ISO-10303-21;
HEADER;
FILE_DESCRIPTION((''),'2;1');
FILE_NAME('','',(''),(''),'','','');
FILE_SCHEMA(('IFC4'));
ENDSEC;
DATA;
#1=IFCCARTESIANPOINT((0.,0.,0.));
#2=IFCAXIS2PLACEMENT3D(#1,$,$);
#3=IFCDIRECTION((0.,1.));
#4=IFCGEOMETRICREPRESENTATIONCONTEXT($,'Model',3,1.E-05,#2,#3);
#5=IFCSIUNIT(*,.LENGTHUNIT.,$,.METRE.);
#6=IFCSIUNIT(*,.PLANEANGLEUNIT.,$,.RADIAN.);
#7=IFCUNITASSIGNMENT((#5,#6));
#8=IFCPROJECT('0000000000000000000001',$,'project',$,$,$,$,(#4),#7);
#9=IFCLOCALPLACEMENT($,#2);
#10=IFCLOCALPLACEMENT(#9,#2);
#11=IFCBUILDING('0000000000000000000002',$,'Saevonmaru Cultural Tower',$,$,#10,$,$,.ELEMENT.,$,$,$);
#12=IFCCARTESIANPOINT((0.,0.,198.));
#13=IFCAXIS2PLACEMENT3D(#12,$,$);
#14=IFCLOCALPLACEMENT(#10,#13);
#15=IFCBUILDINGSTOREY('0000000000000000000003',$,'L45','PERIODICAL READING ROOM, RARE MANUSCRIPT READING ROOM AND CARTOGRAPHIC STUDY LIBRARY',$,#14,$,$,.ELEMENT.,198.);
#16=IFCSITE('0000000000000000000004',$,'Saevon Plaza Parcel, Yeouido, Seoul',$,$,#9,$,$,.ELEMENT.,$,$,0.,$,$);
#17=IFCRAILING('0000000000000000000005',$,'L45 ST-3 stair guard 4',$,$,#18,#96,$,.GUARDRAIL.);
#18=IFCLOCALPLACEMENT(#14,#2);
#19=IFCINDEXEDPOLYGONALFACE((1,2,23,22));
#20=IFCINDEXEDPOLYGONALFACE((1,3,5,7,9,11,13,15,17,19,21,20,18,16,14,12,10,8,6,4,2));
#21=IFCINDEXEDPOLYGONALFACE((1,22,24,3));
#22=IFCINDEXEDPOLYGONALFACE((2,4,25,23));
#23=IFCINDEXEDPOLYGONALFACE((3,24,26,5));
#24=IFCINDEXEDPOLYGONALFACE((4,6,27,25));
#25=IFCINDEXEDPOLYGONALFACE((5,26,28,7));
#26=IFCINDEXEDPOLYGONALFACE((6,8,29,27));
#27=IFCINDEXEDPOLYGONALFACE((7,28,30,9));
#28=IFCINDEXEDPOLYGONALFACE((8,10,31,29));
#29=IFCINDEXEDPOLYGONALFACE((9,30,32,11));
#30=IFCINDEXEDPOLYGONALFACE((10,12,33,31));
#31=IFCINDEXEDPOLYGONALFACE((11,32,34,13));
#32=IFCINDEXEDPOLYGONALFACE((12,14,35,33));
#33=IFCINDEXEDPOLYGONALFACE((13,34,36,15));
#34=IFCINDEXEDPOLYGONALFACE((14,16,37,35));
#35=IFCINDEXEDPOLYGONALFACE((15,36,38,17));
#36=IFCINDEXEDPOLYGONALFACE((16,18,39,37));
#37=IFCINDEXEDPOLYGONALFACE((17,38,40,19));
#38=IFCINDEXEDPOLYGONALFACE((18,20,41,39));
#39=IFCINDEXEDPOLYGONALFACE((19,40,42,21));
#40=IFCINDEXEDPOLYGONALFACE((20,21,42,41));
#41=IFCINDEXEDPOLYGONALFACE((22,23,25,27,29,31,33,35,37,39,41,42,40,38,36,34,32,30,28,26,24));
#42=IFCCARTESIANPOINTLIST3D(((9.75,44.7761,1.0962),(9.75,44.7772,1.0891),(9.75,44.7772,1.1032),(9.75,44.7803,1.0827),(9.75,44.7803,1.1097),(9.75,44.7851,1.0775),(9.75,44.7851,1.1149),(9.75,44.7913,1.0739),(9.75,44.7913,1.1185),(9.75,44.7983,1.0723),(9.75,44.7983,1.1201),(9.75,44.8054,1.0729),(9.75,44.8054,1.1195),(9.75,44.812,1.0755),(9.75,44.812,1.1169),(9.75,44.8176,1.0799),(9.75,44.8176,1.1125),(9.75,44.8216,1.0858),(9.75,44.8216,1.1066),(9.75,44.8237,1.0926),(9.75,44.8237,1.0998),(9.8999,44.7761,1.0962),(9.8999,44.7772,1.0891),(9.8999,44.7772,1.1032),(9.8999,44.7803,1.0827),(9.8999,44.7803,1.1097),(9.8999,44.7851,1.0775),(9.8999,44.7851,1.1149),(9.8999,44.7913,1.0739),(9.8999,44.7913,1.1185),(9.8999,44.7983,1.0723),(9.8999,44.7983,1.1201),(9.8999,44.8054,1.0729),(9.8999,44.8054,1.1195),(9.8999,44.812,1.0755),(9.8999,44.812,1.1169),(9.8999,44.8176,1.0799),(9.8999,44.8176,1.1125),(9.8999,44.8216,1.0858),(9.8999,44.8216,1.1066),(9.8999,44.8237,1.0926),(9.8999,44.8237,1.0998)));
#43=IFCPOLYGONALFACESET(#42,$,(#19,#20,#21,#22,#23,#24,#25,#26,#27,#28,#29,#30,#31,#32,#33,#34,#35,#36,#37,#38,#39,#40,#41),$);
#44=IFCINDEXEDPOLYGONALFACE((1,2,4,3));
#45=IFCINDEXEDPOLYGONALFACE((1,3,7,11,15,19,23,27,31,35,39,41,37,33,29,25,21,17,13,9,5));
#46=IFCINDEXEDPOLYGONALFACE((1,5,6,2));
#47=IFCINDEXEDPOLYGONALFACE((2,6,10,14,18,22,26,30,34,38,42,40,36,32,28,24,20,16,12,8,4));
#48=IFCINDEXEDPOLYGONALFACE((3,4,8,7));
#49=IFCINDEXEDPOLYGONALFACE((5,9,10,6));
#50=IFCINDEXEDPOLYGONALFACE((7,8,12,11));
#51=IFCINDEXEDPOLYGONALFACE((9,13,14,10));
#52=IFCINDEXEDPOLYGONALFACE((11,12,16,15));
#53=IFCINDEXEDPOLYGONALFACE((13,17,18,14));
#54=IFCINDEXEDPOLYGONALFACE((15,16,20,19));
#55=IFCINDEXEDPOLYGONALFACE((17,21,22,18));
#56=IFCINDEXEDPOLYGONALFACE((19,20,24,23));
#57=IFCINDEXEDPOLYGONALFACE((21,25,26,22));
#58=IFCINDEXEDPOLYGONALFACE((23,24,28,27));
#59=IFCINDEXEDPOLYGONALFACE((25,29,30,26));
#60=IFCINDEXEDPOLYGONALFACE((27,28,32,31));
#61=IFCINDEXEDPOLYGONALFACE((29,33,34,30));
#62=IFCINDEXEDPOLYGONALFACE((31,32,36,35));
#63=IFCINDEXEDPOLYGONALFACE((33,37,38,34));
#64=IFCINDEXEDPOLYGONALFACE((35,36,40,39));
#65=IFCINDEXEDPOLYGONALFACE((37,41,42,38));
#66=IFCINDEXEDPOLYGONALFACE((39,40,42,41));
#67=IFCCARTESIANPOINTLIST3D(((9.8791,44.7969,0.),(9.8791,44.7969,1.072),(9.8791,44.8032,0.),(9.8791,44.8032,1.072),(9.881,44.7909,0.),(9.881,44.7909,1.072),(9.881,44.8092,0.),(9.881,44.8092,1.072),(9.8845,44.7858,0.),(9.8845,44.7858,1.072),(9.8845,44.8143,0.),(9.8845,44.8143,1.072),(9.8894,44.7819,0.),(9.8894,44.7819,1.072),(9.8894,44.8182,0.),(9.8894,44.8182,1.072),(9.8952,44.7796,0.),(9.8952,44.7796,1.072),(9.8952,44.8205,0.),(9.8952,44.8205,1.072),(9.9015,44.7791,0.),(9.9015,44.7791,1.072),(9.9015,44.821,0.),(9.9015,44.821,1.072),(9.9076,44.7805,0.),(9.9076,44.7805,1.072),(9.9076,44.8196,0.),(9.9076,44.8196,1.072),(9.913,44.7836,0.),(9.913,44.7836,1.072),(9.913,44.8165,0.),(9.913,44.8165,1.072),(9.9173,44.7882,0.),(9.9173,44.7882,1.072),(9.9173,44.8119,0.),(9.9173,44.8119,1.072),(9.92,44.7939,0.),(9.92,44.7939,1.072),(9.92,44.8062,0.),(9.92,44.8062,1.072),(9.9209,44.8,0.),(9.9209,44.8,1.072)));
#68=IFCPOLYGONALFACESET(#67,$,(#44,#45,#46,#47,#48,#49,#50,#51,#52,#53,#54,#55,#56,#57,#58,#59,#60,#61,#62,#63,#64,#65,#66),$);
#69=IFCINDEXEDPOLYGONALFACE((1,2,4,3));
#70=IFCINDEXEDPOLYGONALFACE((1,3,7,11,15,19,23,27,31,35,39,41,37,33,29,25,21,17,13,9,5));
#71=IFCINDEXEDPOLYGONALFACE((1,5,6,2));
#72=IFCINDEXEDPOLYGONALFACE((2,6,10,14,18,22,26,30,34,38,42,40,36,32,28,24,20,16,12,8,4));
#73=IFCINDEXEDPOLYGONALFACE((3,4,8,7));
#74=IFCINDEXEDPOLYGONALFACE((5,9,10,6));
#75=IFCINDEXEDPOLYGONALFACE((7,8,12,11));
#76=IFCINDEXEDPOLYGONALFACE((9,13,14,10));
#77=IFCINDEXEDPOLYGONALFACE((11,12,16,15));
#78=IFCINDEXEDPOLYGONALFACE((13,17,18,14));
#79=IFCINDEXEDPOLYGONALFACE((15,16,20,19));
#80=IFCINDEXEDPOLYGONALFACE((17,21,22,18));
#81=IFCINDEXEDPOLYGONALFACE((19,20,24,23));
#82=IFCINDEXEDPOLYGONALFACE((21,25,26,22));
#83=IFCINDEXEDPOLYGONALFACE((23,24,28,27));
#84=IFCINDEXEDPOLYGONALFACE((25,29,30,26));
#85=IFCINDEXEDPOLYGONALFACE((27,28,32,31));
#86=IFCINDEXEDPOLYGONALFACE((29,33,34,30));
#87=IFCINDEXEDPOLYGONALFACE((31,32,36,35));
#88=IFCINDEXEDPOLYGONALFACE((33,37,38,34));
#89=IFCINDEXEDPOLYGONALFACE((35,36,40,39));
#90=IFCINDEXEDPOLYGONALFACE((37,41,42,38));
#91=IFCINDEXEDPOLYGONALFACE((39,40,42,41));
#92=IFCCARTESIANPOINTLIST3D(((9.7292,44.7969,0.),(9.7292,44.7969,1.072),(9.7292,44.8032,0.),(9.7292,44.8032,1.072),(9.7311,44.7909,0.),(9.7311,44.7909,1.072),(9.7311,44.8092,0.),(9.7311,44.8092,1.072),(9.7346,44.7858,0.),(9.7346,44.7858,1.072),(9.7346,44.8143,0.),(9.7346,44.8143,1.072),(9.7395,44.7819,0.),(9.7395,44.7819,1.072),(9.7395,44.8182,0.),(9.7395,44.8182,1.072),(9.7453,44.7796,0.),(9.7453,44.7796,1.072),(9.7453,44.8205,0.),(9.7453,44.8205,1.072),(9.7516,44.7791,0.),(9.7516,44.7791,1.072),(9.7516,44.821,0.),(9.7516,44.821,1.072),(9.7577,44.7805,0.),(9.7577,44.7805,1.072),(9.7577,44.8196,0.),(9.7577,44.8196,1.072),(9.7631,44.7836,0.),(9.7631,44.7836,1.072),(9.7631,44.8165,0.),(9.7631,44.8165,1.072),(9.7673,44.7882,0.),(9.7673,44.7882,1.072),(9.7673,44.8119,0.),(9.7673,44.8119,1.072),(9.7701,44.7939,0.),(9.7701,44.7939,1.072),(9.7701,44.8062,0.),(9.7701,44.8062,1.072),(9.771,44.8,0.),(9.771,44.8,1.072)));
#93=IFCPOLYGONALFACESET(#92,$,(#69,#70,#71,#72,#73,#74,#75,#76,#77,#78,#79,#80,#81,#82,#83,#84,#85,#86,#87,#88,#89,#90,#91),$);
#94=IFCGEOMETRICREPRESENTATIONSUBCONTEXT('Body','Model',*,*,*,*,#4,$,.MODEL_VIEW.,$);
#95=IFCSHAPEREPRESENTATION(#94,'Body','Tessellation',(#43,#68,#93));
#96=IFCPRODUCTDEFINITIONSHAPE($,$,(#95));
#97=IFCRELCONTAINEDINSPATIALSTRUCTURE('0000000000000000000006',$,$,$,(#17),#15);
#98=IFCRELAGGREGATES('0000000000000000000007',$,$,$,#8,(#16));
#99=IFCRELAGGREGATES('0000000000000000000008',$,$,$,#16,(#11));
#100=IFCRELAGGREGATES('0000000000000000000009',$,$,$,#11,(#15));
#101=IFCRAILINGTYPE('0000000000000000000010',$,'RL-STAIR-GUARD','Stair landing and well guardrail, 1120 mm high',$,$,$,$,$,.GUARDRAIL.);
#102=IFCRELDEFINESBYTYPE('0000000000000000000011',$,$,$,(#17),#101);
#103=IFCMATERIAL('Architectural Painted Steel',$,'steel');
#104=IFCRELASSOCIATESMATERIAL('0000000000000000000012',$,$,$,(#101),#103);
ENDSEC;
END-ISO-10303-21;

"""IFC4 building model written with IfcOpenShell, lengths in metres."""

from ifc_helpers import new_model, si_unit, direction, frame, origin, origin_2d, place, context, subcontext, project, spatial, circle, extrude, material, type_object, element, save


model = new_model("IFC4")

# Units and contexts
model_context = context("Model", 3, precision=1e-05, world=origin(), true_north=direction((0.0, 1.0)))
body_context = subcontext(model_context, "Body", "Model", "MODEL_VIEW")
ifc_project = project(units=[si_unit("LENGTHUNIT", "METRE"), si_unit("PLANEANGLEUNIT", "RADIAN")], contexts=[model_context])

# Site, building, storey
site_placement = place(None, origin())
site = spatial("IfcSite", under=ifc_project, at=site_placement, Name="Saevon Plaza Parcel, Yeouido, Seoul", CompositionType="ELEMENT", RefElevation=0.0)
building_placement = place(site_placement, origin())
building = spatial("IfcBuilding", under=site, at=building_placement, Name="Saevonmaru Cultural Tower", CompositionType="ELEMENT")
storey_placement = place(building_placement, frame((0.0, 0.0, 198.0)))
storey = spatial("IfcBuildingStorey", under=building, at=storey_placement, Name="L45", Description="PERIODICAL READING ROOM, RARE MANUSCRIPT READING ROOM AND CARTOGRAPHIC STUDY LIBRARY", CompositionType="ELEMENT", Elevation=198.0)

# Railing
ifc_material_1 = material(Name="Architectural Painted Steel", Category="steel")
railing_type_1 = type_object("IfcRailingType", Name="RL-STAIR-GUARD", Description="Stair landing and well guardrail, 1120 mm high", PredefinedType="GUARDRAIL", material=ifc_material_1)
railing_1_placement = place(storey_placement, frame((9.8999, 44.8, 0.0)))
element("IfcRailing", 1, at=railing_1_placement, inside=storey, type_object=railing_type_1, Name="L45 ST-3 stair guard 4", PredefinedType="GUARDRAIL", context=body_context, shape_type="SweptSolid", body=[
    extrude(circle(Radius=0.0239, at=origin_2d()), frame((0.0, 0.0, 1.0962), z_axis=(-1.0, 0.0, 0.0), x_axis=(0.0, -1.0, 0.0)), (0.0, 0.0, 1.0), 0.1499),
    extrude(circle(Radius=0.021, at=origin_2d()), origin(), (0.0, 0.0, 1.0), 1.072),
    extrude(circle(Radius=0.021, at=origin_2d()), frame((-0.1499, 0.0, 0.0)), (0.0, 0.0, 1.0), 1.072),
])

save(model, "model.ifc")
